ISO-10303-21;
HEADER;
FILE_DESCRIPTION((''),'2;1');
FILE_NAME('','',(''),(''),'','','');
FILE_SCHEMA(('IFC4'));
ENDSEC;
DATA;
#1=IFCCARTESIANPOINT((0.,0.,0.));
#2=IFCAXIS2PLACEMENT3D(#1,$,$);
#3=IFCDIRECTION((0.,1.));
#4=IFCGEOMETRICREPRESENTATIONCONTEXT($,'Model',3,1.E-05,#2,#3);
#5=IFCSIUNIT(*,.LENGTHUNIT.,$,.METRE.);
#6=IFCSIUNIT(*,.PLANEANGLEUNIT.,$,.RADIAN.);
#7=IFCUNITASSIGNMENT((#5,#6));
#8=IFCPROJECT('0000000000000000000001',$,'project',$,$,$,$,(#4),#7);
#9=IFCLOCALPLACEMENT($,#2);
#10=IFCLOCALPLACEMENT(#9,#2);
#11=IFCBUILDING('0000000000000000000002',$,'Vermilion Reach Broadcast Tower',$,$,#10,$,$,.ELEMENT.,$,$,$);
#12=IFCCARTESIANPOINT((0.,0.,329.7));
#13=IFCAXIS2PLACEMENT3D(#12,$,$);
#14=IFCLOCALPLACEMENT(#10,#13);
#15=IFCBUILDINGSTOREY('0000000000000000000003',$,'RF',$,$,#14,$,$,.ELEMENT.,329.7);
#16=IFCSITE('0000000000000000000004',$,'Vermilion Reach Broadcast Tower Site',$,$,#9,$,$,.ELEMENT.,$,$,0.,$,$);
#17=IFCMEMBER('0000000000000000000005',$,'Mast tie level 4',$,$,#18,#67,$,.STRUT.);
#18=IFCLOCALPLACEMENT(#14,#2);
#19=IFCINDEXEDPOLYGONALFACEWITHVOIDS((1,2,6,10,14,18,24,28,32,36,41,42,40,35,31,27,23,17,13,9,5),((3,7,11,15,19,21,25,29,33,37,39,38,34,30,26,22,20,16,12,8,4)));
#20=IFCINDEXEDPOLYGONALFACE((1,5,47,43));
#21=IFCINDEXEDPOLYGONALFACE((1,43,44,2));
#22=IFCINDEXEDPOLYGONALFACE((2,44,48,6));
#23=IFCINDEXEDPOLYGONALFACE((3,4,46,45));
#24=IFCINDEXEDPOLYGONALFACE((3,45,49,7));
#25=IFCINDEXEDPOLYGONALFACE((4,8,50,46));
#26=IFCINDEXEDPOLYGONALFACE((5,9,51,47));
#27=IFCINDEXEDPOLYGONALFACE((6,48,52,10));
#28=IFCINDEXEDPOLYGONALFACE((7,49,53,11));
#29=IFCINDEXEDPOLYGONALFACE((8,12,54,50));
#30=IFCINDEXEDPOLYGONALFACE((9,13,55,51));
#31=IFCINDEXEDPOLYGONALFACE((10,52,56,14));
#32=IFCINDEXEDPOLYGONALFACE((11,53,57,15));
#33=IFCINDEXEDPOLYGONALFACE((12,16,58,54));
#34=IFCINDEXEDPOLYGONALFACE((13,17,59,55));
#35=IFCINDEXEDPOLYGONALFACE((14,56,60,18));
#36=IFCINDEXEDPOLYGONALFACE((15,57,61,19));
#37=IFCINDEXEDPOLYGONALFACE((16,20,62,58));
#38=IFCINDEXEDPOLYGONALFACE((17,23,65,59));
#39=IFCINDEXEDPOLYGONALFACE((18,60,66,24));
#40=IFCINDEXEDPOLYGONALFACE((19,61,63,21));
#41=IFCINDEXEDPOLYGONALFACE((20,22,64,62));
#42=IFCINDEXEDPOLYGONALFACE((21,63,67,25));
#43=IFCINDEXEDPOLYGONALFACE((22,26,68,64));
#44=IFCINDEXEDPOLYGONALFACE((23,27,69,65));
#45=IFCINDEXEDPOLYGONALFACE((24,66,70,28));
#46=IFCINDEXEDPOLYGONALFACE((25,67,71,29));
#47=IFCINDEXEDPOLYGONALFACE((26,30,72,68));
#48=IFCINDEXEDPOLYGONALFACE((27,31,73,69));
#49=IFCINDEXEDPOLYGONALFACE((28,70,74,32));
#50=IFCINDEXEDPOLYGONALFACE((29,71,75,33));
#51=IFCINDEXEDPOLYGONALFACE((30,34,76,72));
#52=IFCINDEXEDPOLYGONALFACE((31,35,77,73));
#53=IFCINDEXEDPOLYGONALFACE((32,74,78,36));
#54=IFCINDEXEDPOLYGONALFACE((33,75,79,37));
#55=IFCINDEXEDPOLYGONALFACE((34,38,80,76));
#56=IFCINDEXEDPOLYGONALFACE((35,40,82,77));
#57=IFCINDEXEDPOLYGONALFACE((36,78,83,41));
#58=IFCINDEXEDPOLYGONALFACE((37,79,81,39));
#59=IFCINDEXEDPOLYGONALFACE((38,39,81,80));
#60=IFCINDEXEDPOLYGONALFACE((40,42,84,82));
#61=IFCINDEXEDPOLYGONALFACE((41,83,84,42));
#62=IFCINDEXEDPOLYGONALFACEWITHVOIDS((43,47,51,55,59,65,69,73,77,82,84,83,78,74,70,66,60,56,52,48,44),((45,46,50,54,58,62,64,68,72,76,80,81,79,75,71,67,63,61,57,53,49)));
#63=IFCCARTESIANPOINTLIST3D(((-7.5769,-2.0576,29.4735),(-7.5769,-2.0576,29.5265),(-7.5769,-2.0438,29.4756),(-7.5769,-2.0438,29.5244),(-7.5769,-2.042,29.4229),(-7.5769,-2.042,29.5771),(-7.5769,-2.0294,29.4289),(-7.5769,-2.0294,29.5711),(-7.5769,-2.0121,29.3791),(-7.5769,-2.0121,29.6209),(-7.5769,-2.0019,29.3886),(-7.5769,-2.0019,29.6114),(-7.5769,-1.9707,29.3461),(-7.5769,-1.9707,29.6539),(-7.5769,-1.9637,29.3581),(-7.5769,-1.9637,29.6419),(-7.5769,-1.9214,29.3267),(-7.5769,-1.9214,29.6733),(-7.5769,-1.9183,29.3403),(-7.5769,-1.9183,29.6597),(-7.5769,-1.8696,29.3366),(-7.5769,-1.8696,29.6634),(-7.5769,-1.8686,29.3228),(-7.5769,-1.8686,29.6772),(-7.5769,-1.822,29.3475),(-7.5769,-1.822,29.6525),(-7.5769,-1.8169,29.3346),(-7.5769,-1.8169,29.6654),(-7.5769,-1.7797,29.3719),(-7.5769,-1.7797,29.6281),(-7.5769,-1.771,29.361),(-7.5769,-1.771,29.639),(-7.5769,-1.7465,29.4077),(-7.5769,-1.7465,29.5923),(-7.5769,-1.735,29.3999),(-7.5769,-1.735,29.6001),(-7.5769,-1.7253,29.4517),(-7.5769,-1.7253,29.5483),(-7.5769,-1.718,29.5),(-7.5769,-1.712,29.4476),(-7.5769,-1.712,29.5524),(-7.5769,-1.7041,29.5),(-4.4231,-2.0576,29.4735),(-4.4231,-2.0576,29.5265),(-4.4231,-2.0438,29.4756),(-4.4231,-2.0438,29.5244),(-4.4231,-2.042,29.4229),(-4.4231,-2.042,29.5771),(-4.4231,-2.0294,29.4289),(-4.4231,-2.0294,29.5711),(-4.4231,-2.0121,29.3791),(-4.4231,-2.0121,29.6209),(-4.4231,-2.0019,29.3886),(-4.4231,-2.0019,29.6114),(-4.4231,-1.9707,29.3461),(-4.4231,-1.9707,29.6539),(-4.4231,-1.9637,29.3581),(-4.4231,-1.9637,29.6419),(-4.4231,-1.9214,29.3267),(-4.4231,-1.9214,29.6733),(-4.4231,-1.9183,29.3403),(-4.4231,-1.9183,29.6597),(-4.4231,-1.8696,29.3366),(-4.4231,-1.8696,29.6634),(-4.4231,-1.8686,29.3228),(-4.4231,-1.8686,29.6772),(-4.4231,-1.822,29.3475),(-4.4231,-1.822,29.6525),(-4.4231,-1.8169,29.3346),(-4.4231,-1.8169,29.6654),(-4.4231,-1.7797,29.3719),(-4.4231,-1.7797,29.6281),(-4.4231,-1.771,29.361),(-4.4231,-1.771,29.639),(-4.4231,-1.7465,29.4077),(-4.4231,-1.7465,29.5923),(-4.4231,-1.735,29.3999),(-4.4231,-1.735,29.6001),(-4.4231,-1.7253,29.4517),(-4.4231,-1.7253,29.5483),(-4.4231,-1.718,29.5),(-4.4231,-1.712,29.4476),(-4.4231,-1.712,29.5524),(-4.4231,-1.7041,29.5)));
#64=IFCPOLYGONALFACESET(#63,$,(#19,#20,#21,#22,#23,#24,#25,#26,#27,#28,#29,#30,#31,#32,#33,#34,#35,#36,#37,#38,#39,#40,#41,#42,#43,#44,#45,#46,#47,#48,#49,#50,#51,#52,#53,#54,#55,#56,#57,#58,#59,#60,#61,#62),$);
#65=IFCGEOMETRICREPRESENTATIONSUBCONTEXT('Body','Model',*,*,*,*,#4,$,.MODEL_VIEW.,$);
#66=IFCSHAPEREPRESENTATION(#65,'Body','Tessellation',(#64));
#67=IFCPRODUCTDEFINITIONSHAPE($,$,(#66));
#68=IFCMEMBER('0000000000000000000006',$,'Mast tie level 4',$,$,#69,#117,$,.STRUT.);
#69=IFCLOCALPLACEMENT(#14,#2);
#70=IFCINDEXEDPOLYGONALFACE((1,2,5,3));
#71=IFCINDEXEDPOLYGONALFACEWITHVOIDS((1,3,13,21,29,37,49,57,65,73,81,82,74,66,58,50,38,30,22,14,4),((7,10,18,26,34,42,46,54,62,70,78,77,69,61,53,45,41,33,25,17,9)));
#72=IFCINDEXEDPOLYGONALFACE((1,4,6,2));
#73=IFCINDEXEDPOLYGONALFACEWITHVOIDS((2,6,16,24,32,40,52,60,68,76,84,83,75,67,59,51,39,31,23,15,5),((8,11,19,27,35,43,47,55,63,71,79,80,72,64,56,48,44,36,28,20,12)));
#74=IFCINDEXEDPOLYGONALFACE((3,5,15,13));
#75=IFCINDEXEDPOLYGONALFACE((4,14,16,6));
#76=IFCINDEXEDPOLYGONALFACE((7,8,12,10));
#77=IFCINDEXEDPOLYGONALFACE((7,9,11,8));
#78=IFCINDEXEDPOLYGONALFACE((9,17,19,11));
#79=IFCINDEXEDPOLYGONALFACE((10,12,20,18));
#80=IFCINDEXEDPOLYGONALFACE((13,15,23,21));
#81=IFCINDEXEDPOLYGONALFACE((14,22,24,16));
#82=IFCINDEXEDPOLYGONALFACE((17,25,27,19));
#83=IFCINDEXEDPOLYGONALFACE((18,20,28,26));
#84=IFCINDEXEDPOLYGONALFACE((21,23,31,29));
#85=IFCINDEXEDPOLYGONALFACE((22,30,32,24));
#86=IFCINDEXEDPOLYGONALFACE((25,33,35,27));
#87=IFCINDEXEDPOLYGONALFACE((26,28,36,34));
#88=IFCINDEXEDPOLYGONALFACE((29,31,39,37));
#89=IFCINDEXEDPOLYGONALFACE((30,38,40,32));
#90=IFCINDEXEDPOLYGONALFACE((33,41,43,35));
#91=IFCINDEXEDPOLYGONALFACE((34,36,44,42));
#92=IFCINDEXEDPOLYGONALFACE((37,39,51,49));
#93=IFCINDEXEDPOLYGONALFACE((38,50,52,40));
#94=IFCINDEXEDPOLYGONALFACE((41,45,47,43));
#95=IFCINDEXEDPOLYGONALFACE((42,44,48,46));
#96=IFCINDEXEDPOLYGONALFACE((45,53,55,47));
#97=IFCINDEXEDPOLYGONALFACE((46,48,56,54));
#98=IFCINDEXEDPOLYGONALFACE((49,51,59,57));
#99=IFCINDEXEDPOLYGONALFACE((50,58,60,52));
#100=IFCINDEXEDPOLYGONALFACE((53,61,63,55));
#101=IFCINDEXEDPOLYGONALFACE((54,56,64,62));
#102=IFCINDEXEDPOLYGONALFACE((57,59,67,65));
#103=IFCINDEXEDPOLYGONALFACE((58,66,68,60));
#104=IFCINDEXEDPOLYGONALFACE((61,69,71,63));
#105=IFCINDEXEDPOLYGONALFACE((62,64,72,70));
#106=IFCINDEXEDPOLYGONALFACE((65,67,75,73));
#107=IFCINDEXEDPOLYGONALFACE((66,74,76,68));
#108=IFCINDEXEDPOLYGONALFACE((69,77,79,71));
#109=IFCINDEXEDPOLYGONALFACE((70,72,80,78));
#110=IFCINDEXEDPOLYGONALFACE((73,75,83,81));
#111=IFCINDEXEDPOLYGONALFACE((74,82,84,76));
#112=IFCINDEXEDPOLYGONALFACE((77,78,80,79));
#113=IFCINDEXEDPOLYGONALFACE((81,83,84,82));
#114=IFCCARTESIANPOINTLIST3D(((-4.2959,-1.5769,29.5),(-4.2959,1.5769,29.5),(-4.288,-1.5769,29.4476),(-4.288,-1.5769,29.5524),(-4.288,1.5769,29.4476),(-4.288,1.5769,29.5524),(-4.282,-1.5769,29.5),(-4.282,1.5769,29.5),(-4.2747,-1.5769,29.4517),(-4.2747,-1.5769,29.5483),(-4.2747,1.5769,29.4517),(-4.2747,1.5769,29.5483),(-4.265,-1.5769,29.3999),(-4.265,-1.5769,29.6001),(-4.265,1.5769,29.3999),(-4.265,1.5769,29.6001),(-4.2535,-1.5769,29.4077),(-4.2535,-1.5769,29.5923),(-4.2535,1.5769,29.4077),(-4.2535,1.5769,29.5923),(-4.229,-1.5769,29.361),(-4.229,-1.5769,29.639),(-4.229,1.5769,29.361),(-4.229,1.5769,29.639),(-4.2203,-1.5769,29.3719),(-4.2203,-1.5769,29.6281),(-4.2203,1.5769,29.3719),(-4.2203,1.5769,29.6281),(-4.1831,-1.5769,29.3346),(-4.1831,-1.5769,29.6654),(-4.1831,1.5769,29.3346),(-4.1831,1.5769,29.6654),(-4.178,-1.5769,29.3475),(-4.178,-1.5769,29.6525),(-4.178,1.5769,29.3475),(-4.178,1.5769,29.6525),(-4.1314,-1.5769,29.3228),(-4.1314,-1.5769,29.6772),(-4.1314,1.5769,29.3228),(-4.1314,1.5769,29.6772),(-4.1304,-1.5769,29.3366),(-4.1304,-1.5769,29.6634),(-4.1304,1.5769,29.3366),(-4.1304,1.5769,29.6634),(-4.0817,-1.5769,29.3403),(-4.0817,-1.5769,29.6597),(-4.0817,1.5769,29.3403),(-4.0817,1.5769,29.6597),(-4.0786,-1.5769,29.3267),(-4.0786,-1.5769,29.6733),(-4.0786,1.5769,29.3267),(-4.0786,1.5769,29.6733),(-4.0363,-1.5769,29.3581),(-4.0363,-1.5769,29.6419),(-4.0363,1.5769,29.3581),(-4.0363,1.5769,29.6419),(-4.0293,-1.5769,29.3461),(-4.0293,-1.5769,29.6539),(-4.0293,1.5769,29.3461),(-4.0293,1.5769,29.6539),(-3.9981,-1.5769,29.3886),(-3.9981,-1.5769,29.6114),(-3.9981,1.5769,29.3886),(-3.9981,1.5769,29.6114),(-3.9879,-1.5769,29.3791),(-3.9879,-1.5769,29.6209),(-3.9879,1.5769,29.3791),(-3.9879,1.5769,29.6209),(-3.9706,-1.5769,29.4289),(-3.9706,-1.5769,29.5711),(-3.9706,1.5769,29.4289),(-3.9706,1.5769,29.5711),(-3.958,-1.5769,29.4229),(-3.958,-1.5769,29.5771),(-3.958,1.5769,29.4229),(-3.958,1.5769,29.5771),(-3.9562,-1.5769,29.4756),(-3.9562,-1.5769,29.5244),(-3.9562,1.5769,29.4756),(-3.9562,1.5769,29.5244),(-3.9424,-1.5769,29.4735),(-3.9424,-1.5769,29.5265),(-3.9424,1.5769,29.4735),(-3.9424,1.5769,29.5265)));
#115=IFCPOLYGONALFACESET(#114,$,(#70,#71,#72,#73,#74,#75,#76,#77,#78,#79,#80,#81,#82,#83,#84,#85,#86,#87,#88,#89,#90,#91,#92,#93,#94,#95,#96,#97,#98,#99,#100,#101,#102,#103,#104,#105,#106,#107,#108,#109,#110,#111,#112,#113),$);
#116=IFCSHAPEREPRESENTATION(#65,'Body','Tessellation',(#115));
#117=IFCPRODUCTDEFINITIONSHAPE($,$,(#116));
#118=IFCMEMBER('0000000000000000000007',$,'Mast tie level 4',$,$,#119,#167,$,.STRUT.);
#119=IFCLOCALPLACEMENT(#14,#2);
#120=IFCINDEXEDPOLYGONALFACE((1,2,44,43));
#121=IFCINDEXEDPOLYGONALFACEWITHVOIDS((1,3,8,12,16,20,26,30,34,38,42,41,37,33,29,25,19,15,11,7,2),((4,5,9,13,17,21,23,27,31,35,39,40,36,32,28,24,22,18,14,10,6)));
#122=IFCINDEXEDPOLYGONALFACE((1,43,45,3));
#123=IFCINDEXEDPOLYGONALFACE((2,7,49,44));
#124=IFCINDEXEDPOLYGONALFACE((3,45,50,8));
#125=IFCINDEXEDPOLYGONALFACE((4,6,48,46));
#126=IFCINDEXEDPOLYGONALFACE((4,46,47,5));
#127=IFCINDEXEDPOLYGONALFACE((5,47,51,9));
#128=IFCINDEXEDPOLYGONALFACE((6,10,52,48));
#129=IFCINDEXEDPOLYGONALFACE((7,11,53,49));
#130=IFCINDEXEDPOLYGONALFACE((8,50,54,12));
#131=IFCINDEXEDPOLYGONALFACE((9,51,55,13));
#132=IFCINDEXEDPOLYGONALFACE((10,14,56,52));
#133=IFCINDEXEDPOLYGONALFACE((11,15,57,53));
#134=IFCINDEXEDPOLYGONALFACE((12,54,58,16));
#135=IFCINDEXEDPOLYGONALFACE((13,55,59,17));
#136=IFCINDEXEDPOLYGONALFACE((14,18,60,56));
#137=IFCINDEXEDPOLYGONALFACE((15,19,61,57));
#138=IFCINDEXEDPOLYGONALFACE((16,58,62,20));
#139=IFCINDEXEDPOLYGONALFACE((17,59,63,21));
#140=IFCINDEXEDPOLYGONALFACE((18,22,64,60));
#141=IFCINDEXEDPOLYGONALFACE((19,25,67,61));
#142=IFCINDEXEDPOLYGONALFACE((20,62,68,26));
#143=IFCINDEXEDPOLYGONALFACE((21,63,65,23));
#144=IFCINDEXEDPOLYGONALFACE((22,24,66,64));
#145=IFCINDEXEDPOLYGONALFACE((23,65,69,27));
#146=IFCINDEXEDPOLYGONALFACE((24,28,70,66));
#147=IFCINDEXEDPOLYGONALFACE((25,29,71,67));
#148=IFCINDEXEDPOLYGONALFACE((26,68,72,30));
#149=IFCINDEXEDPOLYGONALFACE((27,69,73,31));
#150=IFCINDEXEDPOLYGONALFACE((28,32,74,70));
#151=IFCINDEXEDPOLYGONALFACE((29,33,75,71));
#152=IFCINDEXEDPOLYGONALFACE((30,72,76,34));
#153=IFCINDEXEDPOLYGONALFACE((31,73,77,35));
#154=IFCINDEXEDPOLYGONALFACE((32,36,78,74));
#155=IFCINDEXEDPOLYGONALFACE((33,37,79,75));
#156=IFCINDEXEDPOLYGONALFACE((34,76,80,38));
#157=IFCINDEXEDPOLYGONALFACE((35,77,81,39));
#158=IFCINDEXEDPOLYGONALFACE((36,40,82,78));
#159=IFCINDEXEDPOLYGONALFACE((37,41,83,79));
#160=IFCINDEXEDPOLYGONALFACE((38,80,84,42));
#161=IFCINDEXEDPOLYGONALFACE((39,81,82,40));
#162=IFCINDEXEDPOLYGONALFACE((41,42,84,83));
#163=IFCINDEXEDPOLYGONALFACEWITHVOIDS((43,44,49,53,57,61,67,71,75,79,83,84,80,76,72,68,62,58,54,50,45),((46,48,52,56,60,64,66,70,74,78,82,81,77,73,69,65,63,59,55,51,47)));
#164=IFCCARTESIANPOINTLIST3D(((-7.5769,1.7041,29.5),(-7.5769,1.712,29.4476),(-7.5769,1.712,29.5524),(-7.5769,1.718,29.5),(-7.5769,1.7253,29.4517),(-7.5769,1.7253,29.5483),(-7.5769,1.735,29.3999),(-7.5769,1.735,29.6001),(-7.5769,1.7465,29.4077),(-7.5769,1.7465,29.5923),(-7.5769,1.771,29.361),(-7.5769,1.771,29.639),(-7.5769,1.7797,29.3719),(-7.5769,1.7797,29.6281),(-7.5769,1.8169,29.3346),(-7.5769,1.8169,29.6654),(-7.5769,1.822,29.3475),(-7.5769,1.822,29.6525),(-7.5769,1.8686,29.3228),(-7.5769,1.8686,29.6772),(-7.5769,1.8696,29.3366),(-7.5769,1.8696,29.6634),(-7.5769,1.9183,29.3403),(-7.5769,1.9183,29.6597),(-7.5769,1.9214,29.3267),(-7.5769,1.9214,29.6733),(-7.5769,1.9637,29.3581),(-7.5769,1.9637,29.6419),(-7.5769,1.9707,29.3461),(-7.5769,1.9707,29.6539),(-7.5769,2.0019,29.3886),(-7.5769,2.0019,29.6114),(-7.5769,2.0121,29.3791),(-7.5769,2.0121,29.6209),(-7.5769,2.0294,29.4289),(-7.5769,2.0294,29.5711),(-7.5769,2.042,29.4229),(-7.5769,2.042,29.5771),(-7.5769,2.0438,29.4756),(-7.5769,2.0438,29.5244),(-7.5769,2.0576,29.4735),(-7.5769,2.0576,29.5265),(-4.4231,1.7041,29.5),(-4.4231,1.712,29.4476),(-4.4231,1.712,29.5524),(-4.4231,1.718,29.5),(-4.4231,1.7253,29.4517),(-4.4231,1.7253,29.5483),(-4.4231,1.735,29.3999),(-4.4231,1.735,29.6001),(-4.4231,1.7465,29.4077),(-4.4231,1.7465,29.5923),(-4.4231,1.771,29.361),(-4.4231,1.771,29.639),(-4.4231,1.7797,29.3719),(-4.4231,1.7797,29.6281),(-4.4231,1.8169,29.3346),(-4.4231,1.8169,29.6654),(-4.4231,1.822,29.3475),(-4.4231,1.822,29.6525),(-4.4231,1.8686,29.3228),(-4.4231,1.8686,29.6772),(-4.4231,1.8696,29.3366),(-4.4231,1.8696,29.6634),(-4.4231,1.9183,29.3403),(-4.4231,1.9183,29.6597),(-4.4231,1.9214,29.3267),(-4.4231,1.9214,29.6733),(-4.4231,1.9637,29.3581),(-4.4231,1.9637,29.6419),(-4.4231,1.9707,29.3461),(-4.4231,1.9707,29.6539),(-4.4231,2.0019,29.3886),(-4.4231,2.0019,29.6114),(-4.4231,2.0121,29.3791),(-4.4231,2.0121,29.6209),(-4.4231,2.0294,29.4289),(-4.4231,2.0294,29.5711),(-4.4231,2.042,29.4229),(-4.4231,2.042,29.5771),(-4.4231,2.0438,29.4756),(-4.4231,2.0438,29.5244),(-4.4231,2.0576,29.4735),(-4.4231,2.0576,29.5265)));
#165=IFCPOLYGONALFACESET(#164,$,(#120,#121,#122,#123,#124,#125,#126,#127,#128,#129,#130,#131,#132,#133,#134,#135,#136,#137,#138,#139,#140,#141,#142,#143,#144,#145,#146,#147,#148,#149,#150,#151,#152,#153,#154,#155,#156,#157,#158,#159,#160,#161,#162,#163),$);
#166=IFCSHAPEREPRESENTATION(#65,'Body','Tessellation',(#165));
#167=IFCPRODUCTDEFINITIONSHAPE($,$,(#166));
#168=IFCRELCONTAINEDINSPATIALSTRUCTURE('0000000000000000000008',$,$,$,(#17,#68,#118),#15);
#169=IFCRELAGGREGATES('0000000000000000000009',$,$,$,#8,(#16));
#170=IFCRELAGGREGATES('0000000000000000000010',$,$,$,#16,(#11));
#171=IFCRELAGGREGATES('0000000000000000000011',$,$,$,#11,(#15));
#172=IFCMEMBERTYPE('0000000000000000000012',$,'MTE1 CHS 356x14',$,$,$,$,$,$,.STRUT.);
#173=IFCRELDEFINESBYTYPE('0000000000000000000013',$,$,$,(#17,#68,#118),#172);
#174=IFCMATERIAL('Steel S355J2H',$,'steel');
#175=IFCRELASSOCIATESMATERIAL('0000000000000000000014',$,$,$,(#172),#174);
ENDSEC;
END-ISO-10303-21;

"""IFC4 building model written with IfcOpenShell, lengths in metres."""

from ifc_helpers import new_model, si_unit, direction, frame, origin, origin_2d, place, context, subcontext, project, spatial, hollow_circle, extrude, material, material_profile, profile_set, type_object, element, save


model = new_model("IFC4")

# Units and contexts
model_context = context("Model", 3, precision=1e-05, world=origin(), true_north=direction((0.0, 1.0)))
body_context = subcontext(model_context, "Body", "Model", "MODEL_VIEW")
ifc_project = project(units=[si_unit("LENGTHUNIT", "METRE"), si_unit("PLANEANGLEUNIT", "RADIAN")], contexts=[model_context])

# Site, building, storey
site_placement = place(None, origin())
site = spatial("IfcSite", under=ifc_project, at=site_placement, Name="Vermilion Reach Broadcast Tower Site", CompositionType="ELEMENT", RefElevation=0.0)
building_placement = place(site_placement, origin())
building = spatial("IfcBuilding", under=site, at=building_placement, Name="Vermilion Reach Broadcast Tower", CompositionType="ELEMENT")
storey_placement = place(building_placement, frame((0.0, 0.0, 329.7)))
storey = spatial("IfcBuildingStorey", under=building, at=storey_placement, Name="RF", CompositionType="ELEMENT", Elevation=329.7)

# Members
ifc_material_1 = material(Name="Steel S355J2H", Category="steel")
ifc_material_profile_1 = material_profile(ifc_material_1, hollow_circle(Radius=0.1777, WallThickness=0.0139, at=origin_2d()), Name="S355J2H CHS 356x14")
ifc_profile_set_1 = profile_set([ifc_material_profile_1], Name="Steel S355J2H")
member_type_1 = type_object("IfcMemberType", Name="MTE1 CHS 356x14", PredefinedType="STRUT", material=ifc_profile_set_1)
for number, where, z_axis, x_axis, name in (
    (1, (-7.5769, -1.8818, 29.5), (1.0, 0.0, 0.0), (0.0, 1.0, 0.0), "Mast tie level 4"),
    (2, (-4.1182, -1.5769, 29.5), (0.0, 1.0, 0.0), (-1.0, 0.0, 0.0), "Mast tie level 4"),
    (3, (-4.4231, 1.8818, 29.5), (-1.0, 0.0, 0.0), (0.0, -1.0, 0.0), "Mast tie level 4"),
):
    element("IfcMember", number, at=place(storey_placement, frame(where, z_axis=z_axis, x_axis=x_axis)), inside=storey, type_object=member_type_1, Name=name, PredefinedType="STRUT", context=body_context, shape_type="SweptSolid", body=[
        extrude(hollow_circle(Radius=0.1777, WallThickness=0.0139, at=origin_2d()), origin(), (0.0, 0.0, 1.0), 3.1538),
    ])

save(model, "model.ifc")
